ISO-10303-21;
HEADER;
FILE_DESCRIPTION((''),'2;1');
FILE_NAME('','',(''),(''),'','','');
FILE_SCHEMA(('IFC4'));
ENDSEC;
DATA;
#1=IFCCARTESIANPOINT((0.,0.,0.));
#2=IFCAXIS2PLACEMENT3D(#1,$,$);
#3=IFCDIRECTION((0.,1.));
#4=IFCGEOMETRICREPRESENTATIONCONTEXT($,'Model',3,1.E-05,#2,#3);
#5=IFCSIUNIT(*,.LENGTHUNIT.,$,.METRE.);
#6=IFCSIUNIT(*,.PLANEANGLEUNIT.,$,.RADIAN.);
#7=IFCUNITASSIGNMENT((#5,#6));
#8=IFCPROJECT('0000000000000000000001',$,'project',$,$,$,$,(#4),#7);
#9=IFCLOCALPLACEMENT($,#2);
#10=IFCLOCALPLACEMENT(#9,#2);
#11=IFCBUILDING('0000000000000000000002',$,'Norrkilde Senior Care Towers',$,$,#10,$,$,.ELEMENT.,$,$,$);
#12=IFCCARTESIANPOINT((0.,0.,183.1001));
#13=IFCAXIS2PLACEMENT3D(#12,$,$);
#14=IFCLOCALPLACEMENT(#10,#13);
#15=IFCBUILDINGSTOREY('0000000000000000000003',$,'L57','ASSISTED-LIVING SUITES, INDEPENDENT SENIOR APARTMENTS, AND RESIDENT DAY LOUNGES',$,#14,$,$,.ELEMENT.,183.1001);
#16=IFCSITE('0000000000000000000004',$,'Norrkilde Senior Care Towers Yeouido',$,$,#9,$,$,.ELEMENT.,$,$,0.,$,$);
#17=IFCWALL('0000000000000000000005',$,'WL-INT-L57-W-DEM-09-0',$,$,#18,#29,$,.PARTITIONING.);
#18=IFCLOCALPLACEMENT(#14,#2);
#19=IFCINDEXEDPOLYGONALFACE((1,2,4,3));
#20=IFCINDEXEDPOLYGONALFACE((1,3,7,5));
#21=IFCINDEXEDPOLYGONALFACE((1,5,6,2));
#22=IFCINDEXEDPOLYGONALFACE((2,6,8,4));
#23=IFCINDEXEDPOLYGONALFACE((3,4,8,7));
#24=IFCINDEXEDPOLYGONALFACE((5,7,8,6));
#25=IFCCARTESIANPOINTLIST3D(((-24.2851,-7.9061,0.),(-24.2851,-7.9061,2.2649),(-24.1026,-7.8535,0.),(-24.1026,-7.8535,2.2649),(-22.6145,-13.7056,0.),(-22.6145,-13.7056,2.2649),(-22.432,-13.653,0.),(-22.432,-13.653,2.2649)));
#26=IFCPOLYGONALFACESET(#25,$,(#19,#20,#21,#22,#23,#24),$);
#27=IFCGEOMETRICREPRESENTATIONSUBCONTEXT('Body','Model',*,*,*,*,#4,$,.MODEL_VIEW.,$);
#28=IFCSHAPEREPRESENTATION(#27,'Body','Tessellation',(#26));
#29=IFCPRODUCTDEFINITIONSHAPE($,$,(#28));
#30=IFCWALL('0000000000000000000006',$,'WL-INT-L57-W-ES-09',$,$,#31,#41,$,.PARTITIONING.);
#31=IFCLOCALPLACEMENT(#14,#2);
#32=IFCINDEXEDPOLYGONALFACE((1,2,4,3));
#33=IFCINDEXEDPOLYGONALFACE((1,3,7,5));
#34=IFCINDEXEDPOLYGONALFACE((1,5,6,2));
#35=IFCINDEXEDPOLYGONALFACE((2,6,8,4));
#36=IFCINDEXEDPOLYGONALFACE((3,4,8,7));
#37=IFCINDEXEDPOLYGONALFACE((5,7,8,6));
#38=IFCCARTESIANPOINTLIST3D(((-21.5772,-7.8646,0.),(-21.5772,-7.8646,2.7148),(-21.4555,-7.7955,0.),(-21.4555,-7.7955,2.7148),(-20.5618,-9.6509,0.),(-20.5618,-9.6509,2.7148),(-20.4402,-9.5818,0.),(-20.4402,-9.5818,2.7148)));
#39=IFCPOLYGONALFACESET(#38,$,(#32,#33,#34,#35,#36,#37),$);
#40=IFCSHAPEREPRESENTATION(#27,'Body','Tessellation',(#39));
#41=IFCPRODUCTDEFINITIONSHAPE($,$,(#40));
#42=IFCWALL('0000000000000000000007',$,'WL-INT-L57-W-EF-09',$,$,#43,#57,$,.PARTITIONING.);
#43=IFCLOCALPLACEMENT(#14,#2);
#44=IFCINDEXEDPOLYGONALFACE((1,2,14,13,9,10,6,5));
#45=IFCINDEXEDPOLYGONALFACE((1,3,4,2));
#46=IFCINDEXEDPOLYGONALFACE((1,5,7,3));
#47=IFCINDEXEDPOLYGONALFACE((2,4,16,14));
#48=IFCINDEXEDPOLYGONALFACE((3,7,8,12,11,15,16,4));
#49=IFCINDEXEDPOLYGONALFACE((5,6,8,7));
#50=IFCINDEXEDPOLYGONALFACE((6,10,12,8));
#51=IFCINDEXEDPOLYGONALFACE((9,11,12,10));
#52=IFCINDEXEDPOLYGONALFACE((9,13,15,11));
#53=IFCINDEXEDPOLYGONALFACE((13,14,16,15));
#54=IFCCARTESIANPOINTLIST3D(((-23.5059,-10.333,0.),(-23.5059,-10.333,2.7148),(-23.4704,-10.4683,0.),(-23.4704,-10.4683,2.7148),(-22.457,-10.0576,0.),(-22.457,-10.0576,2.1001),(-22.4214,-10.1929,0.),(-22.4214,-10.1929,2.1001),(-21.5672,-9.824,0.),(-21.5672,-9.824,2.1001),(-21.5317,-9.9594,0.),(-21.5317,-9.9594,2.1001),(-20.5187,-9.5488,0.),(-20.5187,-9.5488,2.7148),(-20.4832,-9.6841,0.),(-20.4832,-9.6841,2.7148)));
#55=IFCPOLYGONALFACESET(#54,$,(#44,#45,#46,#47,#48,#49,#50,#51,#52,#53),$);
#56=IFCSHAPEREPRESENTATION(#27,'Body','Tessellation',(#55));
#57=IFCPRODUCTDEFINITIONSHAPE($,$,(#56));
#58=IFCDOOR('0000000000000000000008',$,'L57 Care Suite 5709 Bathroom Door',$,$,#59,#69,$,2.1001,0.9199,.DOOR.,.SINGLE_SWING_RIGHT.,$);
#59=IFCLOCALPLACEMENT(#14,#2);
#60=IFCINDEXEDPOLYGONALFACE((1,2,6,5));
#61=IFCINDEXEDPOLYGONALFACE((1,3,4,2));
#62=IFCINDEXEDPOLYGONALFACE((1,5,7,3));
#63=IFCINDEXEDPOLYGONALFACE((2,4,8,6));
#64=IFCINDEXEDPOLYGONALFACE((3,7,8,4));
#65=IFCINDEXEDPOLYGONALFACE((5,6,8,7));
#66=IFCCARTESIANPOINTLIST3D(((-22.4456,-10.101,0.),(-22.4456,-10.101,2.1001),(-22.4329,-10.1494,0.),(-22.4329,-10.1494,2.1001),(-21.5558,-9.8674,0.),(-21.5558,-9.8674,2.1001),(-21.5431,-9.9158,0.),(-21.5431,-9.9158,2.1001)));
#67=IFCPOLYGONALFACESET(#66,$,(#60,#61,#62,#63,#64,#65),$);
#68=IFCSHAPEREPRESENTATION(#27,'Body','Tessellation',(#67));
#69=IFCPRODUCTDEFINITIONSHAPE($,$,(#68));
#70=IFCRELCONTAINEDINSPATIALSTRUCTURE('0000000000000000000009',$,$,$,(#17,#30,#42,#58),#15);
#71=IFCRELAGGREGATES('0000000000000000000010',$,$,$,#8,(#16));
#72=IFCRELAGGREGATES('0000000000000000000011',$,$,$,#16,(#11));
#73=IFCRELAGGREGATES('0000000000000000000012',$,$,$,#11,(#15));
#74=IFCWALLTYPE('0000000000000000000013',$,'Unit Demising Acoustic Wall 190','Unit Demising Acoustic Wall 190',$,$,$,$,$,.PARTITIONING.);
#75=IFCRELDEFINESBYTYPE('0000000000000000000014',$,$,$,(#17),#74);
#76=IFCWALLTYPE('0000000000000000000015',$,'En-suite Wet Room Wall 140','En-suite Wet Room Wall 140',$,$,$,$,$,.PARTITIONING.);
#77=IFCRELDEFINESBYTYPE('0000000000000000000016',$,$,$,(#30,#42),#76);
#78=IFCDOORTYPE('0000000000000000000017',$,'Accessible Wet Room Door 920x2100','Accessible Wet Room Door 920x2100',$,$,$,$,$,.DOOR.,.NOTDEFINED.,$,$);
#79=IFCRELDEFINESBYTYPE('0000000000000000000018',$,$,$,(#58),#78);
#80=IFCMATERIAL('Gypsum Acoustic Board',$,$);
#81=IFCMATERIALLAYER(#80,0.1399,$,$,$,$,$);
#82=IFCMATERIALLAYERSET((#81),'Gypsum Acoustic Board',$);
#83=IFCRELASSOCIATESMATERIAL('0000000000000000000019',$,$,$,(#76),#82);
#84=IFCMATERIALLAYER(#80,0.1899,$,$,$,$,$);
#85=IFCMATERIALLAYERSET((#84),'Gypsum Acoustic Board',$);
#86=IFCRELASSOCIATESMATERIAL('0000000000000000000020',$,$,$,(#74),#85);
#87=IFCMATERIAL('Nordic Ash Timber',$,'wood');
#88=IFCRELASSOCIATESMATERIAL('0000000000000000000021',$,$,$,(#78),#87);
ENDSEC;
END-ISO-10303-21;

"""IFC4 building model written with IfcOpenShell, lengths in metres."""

from ifc_helpers import new_model, si_unit, direction, frame, frame_2d, origin, place, context, subcontext, project, spatial, rectangle, extrude, source, transform, mapped, material, layer, layer_set, type_object, type_shapes, element, fill, save


model = new_model("IFC4")

# Units and contexts
model_context = context("Model", 3, precision=1e-05, world=origin(), true_north=direction((0.0, 1.0)))
body_context = subcontext(model_context, "Body", "Model", "MODEL_VIEW")
ifc_project = project(units=[si_unit("LENGTHUNIT", "METRE"), si_unit("PLANEANGLEUNIT", "RADIAN")], contexts=[model_context])

# Site, building, storey
site_placement = place(None, origin())
site = spatial("IfcSite", under=ifc_project, at=site_placement, Name="Norrkilde Senior Care Towers Yeouido", CompositionType="ELEMENT", RefElevation=0.0)
building_placement = place(site_placement, origin())
building = spatial("IfcBuilding", under=site, at=building_placement, Name="Norrkilde Senior Care Towers", CompositionType="ELEMENT")
storey_placement = place(building_placement, frame((0.0, 0.0, 183.1001)))
storey = spatial("IfcBuildingStorey", under=building, at=storey_placement, Name="L57", Description="ASSISTED-LIVING SUITES, INDEPENDENT SENIOR APARTMENTS, AND RESIDENT DAY LOUNGES", CompositionType="ELEMENT", Elevation=183.1001)

# Shared definitions
ifc_material_1 = material(Name="Gypsum Acoustic Board")

# Shared definitions
ifc_layer_1 = layer(ifc_material_1, 0.1399)
ifc_layer_set_1 = layer_set([ifc_layer_1], Name="Gypsum Acoustic Board")
wall_type_1 = type_object("IfcWallType", Name="En-suite Wet Room Wall 140", Description="En-suite Wet Room Wall 140", PredefinedType="PARTITIONING", material=ifc_layer_set_1)

# Shared definitions
ifc_material_2 = material(Name="Nordic Ash Timber", Category="wood")

# Walls
ifc_layer_2 = layer(ifc_material_1, 0.1899)
ifc_layer_set_2 = layer_set([ifc_layer_2], Name="Gypsum Acoustic Board")
wall_type_2 = type_object("IfcWallType", Name="Unit Demising Acoustic Wall 190", Description="Unit Demising Acoustic Wall 190", PredefinedType="PARTITIONING", material=ifc_layer_set_2)
shared_shape_1 = source(origin(), body_context, "Body", "SweptSolid", [
    extrude(rectangle(XDim=6.0354, YDim=0.1899, at=frame_2d((3.0176, 0.0))), origin(), (0.0, 0.0, 1.0), 2.2649),
])
type_shapes(wall_type_2, [shared_shape_1])
wall_1_placement = place(storey_placement, frame((-24.1938, -7.8799, 0.0), z_axis=(0.0, 0.0, 1.0), x_axis=(0.276809, -0.960925, 0.0)))
element("IfcWall", 1, at=wall_1_placement, inside=storey, type_object=wall_type_2, Name="WL-INT-L57-W-DEM-09-0", PredefinedType="PARTITIONING", context=body_context, shape_type="MappedRepresentation", body=[
    mapped(shared_shape_1, transform((0.0, 0.0, 0.0), x_axis=(1.0, 0.0, 0.0), y_axis=(0.0, 1.0, 0.0), z_axis=(0.0, 0.0, 1.0), scale=1.0)),
])
shared_shape_2 = source(origin(), body_context, "Body", "SweptSolid", [
    extrude(rectangle(XDim=2.0547, YDim=0.1399, at=frame_2d((1.0273, 0.0))), origin(), (0.0, 0.0, 1.0), 2.7148),
])
wall_2_placement = place(storey_placement, frame((-21.5164, -7.8301, 0.0), z_axis=(0.0, 0.0, 1.0), x_axis=(0.494154, -0.869374, 0.0)))
element("IfcWall", 2, at=wall_2_placement, inside=storey, type_object=wall_type_1, Name="WL-INT-L57-W-ES-09", PredefinedType="PARTITIONING", context=body_context, shape_type="MappedRepresentation", body=[
    mapped(shared_shape_2, transform((0.0, 0.0, 0.0), x_axis=(1.0, 0.0, 0.0), y_axis=(0.0, 1.0, 0.0), z_axis=(0.0, 0.0, 1.0), scale=1.0)),
])

# Wall, opening, door
shared_shape_3 = source(origin(), body_context, "Body", "SweptSolid", [
    extrude(rectangle(XDim=3.0884, YDim=0.1399, at=frame_2d((1.5442, 0.0))), origin(), (0.0, 0.0, 1.0), 2.7148),
])
wall_3_placement = place(storey_placement, frame((-20.501, -9.6165, 0.0), z_axis=(0.0, 0.0, 1.0), x_axis=(-0.967225, -0.253921, 0.0)))
wall_3 = element("IfcWall", 3, at=wall_3_placement, inside=storey, type_object=wall_type_1, Name="WL-INT-L57-W-EF-09", PredefinedType="PARTITIONING", context=body_context, shape_type="MappedRepresentation", body=[
    mapped(shared_shape_3, transform((0.0, 0.0, 0.0), x_axis=(1.0, 0.0, 0.0), y_axis=(0.0, 1.0, 0.0), z_axis=(0.0, 0.0, 1.0), scale=1.0)),
])
opening_1_placement = place(wall_3_placement, frame((1.084, 0.0, 0.0)))
opening_1 = element("IfcOpeningElement", 4, at=opening_1_placement, cuts=wall_3, PredefinedType="OPENING", context=body_context, shape_type="SweptSolid", body=[
    extrude(rectangle(XDim=0.9199, YDim=2.1001, at=frame_2d((0.46, 1.05))), frame((0.0, 0.0798, 0.0), z_axis=(0.0, -1.0, 0.0), x_axis=(1.0, 0.0, 0.0)), (0.0, 0.0, 1.0), 0.1599),
])
door_type_1 = type_object("IfcDoorType", Name="Accessible Wet Room Door 920x2100", Description="Accessible Wet Room Door 920x2100", OperationType="NOTDEFINED", PredefinedType="DOOR", material=ifc_material_2)
shared_shape_4 = source(origin(), body_context, "Body", "SweptSolid", [
    extrude(rectangle(XDim=0.9199, YDim=2.1001, at=frame_2d((0.46, 1.05))), frame((0.0, 0.0249, 0.0), z_axis=(0.0, -1.0, 0.0), x_axis=(1.0, 0.0, 0.0)), (0.0, 0.0, 1.0), 0.05),
])
type_shapes(door_type_1, [shared_shape_4])
door_1_placement = place(opening_1_placement, origin())
door_1 = element("IfcDoor", 5, at=door_1_placement, inside=storey, type_object=door_type_1, Name="L57 Care Suite 5709 Bathroom Door", OperationType="SINGLE_SWING_RIGHT", OverallHeight=2.1001, OverallWidth=0.9199, PredefinedType="DOOR", context=body_context, shape_type="MappedRepresentation", body=[
    mapped(shared_shape_4, transform((0.0, 0.0, 0.0), x_axis=(1.0, 0.0, 0.0), y_axis=(0.0, 1.0, 0.0), z_axis=(0.0, 0.0, 1.0), scale=1.0)),
])
fill(opening_1, door_1)

save(model, "model.ifc")
